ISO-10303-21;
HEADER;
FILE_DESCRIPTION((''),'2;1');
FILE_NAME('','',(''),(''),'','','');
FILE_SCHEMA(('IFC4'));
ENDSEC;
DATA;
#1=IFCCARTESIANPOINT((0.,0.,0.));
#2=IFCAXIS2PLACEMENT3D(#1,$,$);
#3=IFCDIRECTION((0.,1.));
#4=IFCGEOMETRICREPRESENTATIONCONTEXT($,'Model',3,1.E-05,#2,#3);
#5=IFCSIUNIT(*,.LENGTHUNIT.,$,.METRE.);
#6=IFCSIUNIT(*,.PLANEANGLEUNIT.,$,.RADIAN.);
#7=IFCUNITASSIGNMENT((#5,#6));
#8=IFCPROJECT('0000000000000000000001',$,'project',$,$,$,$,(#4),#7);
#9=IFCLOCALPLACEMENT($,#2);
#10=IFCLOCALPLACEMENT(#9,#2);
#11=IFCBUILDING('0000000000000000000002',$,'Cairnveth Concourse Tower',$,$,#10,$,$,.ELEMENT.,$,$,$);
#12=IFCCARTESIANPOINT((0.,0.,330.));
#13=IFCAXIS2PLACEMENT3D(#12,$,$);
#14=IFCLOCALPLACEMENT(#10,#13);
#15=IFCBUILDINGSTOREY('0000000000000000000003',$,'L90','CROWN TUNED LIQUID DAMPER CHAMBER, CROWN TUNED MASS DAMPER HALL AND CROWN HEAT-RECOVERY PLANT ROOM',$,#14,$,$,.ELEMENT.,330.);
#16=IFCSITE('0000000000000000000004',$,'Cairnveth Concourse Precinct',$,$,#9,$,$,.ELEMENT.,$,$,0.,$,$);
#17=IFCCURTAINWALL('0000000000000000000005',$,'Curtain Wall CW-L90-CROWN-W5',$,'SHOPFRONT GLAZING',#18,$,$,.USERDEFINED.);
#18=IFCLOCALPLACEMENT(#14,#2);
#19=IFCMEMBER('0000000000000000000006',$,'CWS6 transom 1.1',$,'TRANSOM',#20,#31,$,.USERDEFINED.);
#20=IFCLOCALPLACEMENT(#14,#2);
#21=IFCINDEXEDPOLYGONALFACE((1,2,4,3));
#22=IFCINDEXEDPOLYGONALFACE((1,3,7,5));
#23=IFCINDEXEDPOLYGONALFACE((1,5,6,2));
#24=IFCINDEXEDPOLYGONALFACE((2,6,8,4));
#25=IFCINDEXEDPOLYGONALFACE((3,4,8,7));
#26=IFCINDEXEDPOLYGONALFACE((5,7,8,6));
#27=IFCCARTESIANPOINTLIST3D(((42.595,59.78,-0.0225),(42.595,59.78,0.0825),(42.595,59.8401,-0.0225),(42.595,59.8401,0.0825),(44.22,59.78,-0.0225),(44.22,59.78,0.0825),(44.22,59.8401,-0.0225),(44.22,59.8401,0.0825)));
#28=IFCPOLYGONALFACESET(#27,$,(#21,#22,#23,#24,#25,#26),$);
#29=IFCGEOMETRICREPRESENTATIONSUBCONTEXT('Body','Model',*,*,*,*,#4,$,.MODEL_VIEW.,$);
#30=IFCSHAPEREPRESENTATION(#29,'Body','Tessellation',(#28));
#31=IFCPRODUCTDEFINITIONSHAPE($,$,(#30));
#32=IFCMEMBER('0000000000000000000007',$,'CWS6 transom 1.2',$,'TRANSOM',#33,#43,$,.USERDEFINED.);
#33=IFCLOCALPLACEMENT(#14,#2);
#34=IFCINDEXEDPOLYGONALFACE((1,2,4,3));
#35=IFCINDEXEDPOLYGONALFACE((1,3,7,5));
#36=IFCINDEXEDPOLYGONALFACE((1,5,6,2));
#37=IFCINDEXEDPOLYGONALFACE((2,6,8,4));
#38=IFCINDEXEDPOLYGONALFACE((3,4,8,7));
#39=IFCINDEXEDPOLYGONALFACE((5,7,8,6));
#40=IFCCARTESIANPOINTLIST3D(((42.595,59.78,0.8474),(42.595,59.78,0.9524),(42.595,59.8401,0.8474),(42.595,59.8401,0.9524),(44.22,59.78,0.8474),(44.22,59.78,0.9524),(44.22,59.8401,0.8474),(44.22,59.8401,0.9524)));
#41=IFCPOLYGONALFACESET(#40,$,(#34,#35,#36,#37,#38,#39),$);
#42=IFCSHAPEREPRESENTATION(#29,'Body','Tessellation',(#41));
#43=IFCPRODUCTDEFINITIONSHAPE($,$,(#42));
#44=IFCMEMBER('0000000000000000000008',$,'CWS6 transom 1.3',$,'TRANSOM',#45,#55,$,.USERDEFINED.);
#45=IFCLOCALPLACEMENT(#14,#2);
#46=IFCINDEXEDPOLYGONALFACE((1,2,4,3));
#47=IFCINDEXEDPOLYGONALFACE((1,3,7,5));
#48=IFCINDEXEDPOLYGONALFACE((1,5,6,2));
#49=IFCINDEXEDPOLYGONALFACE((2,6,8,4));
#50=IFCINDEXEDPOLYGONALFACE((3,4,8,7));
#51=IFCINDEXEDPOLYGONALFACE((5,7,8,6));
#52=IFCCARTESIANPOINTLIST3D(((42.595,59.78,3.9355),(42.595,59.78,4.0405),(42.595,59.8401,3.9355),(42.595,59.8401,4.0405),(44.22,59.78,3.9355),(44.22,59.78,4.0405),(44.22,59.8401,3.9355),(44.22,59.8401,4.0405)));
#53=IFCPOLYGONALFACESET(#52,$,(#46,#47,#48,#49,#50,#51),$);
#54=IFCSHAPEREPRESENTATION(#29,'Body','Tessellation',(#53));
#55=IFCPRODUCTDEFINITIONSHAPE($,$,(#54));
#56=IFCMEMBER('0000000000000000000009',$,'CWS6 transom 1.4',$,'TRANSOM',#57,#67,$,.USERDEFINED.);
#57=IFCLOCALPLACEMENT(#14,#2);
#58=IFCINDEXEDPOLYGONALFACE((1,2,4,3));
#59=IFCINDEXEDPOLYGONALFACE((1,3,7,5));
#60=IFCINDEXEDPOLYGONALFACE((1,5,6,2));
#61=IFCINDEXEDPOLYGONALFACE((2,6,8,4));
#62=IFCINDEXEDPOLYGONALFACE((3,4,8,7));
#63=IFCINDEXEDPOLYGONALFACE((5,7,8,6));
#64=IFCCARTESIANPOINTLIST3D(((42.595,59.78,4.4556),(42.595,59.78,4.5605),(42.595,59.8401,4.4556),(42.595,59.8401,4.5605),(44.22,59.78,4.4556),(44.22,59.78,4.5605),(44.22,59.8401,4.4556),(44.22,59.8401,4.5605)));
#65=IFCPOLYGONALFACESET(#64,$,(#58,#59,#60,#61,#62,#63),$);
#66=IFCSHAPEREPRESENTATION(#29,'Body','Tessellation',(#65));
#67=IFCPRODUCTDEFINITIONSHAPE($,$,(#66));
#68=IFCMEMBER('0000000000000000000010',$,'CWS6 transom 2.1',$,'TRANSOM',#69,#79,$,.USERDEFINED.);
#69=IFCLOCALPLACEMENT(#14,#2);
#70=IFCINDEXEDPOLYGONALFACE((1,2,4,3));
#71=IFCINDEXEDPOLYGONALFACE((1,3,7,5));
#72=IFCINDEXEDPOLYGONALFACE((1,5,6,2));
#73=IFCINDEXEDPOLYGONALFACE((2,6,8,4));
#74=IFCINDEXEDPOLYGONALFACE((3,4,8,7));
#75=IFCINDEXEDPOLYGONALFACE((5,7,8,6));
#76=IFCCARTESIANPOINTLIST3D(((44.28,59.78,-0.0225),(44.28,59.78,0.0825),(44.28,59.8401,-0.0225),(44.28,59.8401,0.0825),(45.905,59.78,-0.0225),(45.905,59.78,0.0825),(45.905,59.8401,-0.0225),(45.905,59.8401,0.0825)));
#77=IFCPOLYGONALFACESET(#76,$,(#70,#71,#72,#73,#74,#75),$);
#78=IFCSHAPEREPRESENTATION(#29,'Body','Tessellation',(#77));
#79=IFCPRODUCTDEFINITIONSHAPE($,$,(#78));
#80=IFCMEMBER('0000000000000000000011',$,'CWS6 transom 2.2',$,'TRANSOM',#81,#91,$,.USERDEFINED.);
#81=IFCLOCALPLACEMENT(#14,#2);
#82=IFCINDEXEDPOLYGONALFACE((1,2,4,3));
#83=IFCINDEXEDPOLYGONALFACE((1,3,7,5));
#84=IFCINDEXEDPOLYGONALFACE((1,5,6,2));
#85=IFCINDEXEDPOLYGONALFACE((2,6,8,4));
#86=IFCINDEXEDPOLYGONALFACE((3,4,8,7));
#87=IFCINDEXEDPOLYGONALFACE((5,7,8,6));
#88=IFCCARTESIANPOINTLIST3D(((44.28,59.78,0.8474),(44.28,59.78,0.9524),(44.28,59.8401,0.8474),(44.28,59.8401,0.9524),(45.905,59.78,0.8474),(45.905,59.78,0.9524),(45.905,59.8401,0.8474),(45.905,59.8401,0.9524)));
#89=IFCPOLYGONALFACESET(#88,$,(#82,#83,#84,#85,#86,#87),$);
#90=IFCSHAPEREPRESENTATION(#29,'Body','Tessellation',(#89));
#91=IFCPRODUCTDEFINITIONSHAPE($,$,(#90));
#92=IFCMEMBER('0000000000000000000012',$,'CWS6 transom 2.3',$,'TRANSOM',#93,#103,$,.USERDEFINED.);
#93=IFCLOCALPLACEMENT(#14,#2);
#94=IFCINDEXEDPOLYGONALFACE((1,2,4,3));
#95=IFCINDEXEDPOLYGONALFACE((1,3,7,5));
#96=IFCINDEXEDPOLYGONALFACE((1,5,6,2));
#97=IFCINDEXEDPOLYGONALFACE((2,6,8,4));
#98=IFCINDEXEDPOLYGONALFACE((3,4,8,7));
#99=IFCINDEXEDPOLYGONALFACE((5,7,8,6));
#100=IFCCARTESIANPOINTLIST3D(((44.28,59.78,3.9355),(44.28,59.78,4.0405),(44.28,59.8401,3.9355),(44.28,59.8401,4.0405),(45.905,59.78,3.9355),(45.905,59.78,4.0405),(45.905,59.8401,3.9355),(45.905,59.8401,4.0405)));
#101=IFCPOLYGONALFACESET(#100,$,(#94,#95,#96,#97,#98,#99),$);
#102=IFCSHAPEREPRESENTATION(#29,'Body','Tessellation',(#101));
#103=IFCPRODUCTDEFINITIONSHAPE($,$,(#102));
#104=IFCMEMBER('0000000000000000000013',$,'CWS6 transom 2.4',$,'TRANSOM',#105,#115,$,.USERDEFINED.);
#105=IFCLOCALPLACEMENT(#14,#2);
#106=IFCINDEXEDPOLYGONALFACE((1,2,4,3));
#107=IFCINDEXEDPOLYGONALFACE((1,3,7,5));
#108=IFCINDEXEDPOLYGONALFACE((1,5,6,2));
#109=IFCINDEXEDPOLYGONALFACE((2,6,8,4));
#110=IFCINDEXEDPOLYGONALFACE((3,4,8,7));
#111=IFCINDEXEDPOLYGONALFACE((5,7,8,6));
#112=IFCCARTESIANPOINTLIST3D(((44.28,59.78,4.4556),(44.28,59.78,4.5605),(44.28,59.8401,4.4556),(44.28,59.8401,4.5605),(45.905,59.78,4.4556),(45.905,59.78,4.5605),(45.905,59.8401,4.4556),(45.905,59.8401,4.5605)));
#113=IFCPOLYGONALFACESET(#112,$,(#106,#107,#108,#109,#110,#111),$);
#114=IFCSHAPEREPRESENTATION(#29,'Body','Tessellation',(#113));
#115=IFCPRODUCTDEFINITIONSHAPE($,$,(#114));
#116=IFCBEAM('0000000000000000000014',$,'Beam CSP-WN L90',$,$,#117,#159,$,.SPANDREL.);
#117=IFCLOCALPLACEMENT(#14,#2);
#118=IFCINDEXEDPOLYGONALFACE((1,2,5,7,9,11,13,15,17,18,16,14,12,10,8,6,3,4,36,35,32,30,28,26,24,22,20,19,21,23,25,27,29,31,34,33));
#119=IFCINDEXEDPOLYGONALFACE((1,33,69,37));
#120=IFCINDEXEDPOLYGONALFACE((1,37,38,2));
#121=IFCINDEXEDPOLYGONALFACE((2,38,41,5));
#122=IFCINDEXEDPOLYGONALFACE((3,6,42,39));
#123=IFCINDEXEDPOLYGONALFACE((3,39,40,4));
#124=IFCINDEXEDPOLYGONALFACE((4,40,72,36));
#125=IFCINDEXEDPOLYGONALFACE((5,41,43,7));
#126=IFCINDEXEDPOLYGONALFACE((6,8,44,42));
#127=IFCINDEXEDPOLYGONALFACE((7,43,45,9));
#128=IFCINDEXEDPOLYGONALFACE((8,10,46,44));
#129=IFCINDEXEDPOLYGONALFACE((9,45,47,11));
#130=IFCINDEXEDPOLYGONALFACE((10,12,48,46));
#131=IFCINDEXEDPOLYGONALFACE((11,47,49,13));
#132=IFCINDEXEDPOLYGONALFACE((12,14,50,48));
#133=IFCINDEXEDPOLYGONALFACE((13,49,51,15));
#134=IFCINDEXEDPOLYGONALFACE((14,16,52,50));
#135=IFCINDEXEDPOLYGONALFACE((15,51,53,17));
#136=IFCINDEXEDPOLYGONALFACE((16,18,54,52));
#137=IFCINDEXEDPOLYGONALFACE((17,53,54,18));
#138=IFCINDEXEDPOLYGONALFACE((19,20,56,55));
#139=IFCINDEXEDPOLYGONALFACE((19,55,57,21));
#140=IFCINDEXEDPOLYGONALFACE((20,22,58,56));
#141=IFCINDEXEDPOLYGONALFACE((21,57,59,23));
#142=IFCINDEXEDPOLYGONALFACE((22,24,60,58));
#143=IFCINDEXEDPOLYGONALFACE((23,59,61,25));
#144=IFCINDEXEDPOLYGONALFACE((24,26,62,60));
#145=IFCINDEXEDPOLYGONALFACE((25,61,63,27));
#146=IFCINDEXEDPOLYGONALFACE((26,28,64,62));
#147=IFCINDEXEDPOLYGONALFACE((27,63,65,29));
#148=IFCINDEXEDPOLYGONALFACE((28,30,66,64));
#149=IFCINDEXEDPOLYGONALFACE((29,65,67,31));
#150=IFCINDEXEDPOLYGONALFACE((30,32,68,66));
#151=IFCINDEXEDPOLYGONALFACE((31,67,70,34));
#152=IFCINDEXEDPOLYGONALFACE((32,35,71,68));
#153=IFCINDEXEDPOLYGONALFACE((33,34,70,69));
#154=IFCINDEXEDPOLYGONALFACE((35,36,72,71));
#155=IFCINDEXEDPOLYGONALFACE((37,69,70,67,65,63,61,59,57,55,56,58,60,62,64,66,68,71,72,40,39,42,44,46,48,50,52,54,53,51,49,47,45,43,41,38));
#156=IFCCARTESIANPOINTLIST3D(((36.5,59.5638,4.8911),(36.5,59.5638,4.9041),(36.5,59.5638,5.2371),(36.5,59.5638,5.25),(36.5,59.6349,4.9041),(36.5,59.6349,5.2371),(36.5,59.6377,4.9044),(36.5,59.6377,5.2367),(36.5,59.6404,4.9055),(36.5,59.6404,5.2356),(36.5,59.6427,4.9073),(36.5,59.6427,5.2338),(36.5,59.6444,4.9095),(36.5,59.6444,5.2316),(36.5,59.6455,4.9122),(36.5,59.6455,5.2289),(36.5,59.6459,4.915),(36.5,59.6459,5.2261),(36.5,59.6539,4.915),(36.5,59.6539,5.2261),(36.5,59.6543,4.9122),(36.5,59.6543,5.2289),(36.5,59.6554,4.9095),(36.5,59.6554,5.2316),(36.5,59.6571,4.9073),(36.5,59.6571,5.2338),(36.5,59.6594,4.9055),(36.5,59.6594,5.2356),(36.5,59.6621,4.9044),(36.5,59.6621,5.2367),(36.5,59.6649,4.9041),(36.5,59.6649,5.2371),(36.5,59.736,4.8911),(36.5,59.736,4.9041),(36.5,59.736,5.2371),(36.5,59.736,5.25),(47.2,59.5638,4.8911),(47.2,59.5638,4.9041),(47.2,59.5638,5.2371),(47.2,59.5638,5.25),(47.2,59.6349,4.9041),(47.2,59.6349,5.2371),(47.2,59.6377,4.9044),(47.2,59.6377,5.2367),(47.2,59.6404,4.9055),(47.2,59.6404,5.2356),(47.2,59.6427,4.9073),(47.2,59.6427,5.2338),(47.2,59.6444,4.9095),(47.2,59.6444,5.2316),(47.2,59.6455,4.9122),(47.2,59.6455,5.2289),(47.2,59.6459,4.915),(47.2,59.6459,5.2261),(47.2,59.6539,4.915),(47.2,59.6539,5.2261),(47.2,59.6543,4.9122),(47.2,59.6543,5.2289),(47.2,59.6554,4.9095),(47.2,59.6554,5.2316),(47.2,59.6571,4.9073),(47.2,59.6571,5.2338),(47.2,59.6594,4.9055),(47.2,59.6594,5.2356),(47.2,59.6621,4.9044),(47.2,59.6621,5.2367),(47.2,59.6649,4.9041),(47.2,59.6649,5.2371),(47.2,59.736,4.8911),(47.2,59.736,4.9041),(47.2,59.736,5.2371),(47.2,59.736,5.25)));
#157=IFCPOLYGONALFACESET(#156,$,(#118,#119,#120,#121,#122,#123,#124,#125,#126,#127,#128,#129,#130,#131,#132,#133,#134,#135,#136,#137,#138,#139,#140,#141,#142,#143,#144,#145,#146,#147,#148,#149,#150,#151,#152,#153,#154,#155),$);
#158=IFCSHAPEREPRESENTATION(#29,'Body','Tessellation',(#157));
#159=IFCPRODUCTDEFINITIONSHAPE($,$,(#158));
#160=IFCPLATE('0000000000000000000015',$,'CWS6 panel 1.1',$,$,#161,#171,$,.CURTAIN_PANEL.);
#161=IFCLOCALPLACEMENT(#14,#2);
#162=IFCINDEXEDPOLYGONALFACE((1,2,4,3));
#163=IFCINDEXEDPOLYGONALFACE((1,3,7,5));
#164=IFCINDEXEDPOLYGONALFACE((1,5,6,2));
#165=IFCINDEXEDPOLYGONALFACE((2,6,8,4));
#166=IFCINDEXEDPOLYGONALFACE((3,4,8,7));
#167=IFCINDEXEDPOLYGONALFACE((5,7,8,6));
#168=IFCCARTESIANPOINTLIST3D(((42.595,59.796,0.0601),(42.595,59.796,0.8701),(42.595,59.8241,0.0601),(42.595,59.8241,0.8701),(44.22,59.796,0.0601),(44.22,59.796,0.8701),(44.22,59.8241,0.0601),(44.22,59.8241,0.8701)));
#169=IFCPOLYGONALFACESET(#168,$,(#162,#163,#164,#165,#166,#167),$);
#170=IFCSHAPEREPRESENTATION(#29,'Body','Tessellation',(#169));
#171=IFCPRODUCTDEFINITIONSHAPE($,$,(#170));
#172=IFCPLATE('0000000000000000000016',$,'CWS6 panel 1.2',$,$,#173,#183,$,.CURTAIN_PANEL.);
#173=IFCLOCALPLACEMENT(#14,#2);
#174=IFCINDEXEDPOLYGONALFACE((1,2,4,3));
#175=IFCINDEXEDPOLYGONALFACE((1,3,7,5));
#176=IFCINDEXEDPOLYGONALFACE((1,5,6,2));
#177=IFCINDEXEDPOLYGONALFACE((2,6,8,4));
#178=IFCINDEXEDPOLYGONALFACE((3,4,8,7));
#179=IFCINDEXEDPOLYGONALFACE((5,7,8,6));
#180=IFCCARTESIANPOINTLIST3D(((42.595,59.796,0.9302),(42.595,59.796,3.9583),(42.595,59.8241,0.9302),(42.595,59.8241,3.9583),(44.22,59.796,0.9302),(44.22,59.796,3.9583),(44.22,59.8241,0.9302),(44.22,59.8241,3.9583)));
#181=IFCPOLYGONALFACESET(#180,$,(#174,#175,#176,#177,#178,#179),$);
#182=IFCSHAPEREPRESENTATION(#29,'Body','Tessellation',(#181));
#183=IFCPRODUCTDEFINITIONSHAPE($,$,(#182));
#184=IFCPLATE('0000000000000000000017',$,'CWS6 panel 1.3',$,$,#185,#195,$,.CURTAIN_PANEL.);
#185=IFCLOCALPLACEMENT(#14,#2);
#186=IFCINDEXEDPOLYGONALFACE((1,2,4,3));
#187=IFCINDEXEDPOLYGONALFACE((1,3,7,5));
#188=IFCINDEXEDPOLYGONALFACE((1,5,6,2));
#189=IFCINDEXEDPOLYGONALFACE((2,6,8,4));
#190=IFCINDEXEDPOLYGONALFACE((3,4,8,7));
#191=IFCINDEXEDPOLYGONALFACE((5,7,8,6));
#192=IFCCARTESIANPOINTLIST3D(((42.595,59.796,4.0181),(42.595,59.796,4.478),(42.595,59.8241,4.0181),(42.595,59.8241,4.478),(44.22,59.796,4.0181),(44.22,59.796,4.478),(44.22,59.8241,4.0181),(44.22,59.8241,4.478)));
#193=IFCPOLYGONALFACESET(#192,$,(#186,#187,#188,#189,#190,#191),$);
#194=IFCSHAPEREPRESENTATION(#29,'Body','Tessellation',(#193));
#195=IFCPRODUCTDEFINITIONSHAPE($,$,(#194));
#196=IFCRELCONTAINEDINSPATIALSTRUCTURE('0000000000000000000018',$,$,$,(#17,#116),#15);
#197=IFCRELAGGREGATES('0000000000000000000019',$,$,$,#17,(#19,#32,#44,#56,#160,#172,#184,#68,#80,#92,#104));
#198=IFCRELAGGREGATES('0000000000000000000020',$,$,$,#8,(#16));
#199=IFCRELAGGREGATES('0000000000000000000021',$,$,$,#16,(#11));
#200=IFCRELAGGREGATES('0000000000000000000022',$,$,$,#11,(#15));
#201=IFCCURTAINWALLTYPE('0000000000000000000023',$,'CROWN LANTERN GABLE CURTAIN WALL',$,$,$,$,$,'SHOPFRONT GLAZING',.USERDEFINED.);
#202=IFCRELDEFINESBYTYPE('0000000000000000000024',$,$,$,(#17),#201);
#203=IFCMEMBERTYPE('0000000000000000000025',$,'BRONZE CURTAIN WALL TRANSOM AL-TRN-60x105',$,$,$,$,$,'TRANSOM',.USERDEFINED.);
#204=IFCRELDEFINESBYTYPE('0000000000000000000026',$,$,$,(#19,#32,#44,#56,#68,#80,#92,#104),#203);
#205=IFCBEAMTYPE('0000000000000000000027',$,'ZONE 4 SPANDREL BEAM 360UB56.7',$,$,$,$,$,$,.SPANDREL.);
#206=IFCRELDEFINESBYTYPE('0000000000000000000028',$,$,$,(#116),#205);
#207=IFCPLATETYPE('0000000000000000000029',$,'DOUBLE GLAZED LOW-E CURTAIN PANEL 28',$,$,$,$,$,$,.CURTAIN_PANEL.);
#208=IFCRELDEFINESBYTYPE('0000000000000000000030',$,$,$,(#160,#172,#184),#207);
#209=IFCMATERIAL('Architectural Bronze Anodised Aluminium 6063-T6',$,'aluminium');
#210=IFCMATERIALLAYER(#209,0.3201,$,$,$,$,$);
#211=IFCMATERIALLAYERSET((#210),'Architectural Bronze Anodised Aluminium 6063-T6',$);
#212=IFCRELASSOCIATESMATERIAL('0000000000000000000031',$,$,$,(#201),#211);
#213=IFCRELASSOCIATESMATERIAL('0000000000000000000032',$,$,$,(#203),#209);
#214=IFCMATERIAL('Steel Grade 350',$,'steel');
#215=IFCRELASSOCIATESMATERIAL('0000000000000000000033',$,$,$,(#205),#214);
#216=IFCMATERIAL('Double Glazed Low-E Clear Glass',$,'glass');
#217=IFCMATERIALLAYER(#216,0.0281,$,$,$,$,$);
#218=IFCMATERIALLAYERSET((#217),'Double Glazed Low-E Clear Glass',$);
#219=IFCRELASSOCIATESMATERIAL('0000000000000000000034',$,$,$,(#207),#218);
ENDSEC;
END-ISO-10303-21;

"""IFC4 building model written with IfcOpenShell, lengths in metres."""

from ifc_helpers import new_model, si_unit, direction, frame, origin, origin_2d, place, context, subcontext, project, spatial, rectangle, i_section, extrude, material, layer, layer_set, material_profile, profile_set, type_object, element, aggregate, save


model = new_model("IFC4")

# Units and contexts
model_context = context("Model", 3, precision=1e-05, world=origin(), true_north=direction((0.0, 1.0)))
body_context = subcontext(model_context, "Body", "Model", "MODEL_VIEW")
ifc_project = project(units=[si_unit("LENGTHUNIT", "METRE"), si_unit("PLANEANGLEUNIT", "RADIAN")], contexts=[model_context])

# Site, building, storey
site_placement = place(None, origin())
site = spatial("IfcSite", under=ifc_project, at=site_placement, Name="Cairnveth Concourse Precinct", CompositionType="ELEMENT", RefElevation=0.0)
building_placement = place(site_placement, origin())
building = spatial("IfcBuilding", under=site, at=building_placement, Name="Cairnveth Concourse Tower", CompositionType="ELEMENT")
storey_placement = place(building_placement, frame((0.0, 0.0, 330.0)))
storey = spatial("IfcBuildingStorey", under=building, at=storey_placement, Name="L90", Description="CROWN TUNED LIQUID DAMPER CHAMBER, CROWN TUNED MASS DAMPER HALL AND CROWN HEAT-RECOVERY PLANT ROOM", CompositionType="ELEMENT", Elevation=330.0)

# Shared definitions
ifc_material_1 = material(Name="Steel Grade 350", Category="steel")

# Curtain wall, members
ifc_material_2 = material(Name="Architectural Bronze Anodised Aluminium 6063-T6", Category="aluminium")
ifc_layer_1 = layer(ifc_material_2, 0.3201)
ifc_layer_set_1 = layer_set([ifc_layer_1], Name="Architectural Bronze Anodised Aluminium 6063-T6")
curtain_wall_type = type_object("IfcCurtainWallType", Name="CROWN LANTERN GABLE CURTAIN WALL", ElementType="SHOPFRONT GLAZING", PredefinedType="USERDEFINED", material=ifc_layer_set_1)
curtain_wall_placement = place(storey_placement, origin())
curtain_wall = element("IfcCurtainWall", 1, at=curtain_wall_placement, inside=storey, type_object=curtain_wall_type, Name="Curtain Wall CW-L90-CROWN-W5", ObjectType="SHOPFRONT GLAZING", PredefinedType="USERDEFINED")
ifc_material_profile_1 = material_profile(ifc_material_2, rectangle(XDim=0.0601, YDim=0.105, at=origin_2d()), Name="AL-TRN-60x105")
ifc_profile_set_1 = profile_set([ifc_material_profile_1], Name="Architectural Bronze Anodised Aluminium 6063-T6")
member_type_1 = type_object("IfcMemberType", Name="BRONZE CURTAIN WALL TRANSOM AL-TRN-60x105", ElementType="TRANSOM", PredefinedType="USERDEFINED", material=ifc_profile_set_1)
member_1_placement = place(storey_placement, frame((42.595, 59.8101, 0.03), z_axis=(1.0, 0.0, 0.0), x_axis=(0.0, 1.0, 0.0)))
member_1 = element("IfcMember", 2, at=member_1_placement, type_object=member_type_1, Name="CWS6 transom 1.1", ObjectType="TRANSOM", PredefinedType="USERDEFINED", context=body_context, shape_type="SweptSolid", body=[
    extrude(rectangle(XDim=0.0601, YDim=0.105, at=origin_2d()), origin(), (0.0, 0.0, 1.0), 1.625),
])
member_2_placement = place(storey_placement, frame((42.595, 59.8101, 0.8999), z_axis=(1.0, 0.0, 0.0), x_axis=(0.0, 1.0, 0.0)))
member_2 = element("IfcMember", 3, at=member_2_placement, type_object=member_type_1, Name="CWS6 transom 1.2", ObjectType="TRANSOM", PredefinedType="USERDEFINED", context=body_context, shape_type="SweptSolid", body=[
    extrude(rectangle(XDim=0.0601, YDim=0.105, at=origin_2d()), origin(), (0.0, 0.0, 1.0), 1.625),
])
member_3_placement = place(storey_placement, frame((42.595, 59.8101, 3.988), z_axis=(1.0, 0.0, 0.0), x_axis=(0.0, 1.0, 0.0)))
member_3 = element("IfcMember", 4, at=member_3_placement, type_object=member_type_1, Name="CWS6 transom 1.3", ObjectType="TRANSOM", PredefinedType="USERDEFINED", context=body_context, shape_type="SweptSolid", body=[
    extrude(rectangle(XDim=0.0601, YDim=0.105, at=origin_2d()), origin(), (0.0, 0.0, 1.0), 1.625),
])
member_4_placement = place(storey_placement, frame((42.595, 59.8101, 4.5081), z_axis=(1.0, 0.0, 0.0), x_axis=(0.0, 1.0, 0.0)))
member_4 = element("IfcMember", 5, at=member_4_placement, type_object=member_type_1, Name="CWS6 transom 1.4", ObjectType="TRANSOM", PredefinedType="USERDEFINED", context=body_context, shape_type="SweptSolid", body=[
    extrude(rectangle(XDim=0.0601, YDim=0.105, at=origin_2d()), origin(), (0.0, 0.0, 1.0), 1.625),
])
member_5_placement = place(storey_placement, frame((44.28, 59.8101, 0.03), z_axis=(1.0, 0.0, 0.0), x_axis=(0.0, 1.0, 0.0)))
member_5 = element("IfcMember", 6, at=member_5_placement, type_object=member_type_1, Name="CWS6 transom 2.1", ObjectType="TRANSOM", PredefinedType="USERDEFINED", context=body_context, shape_type="SweptSolid", body=[
    extrude(rectangle(XDim=0.0601, YDim=0.105, at=origin_2d()), origin(), (0.0, 0.0, 1.0), 1.625),
])
member_6_placement = place(storey_placement, frame((44.28, 59.8101, 0.8999), z_axis=(1.0, 0.0, 0.0), x_axis=(0.0, 1.0, 0.0)))
member_6 = element("IfcMember", 7, at=member_6_placement, type_object=member_type_1, Name="CWS6 transom 2.2", ObjectType="TRANSOM", PredefinedType="USERDEFINED", context=body_context, shape_type="SweptSolid", body=[
    extrude(rectangle(XDim=0.0601, YDim=0.105, at=origin_2d()), origin(), (0.0, 0.0, 1.0), 1.625),
])
member_7_placement = place(storey_placement, frame((44.28, 59.8101, 3.988), z_axis=(1.0, 0.0, 0.0), x_axis=(0.0, 1.0, 0.0)))
member_7 = element("IfcMember", 8, at=member_7_placement, type_object=member_type_1, Name="CWS6 transom 2.3", ObjectType="TRANSOM", PredefinedType="USERDEFINED", context=body_context, shape_type="SweptSolid", body=[
    extrude(rectangle(XDim=0.0601, YDim=0.105, at=origin_2d()), origin(), (0.0, 0.0, 1.0), 1.625),
])
member_8_placement = place(storey_placement, frame((44.28, 59.8101, 4.5081), z_axis=(1.0, 0.0, 0.0), x_axis=(0.0, 1.0, 0.0)))
member_8 = element("IfcMember", 9, at=member_8_placement, type_object=member_type_1, Name="CWS6 transom 2.4", ObjectType="TRANSOM", PredefinedType="USERDEFINED", context=body_context, shape_type="SweptSolid", body=[
    extrude(rectangle(XDim=0.0601, YDim=0.105, at=origin_2d()), origin(), (0.0, 0.0, 1.0), 1.625),
])

# Beam
ifc_material_profile_2 = material_profile(ifc_material_1, i_section(OverallWidth=0.1721, OverallDepth=0.3589, WebThickness=0.0081, FlangeThickness=0.0129, FilletRadius=0.011, at=origin_2d()), Name="360UB56.7")
ifc_profile_set_2 = profile_set([ifc_material_profile_2], Name="Steel Grade 350")
beam_type = type_object("IfcBeamType", Name="ZONE 4 SPANDREL BEAM 360UB56.7", PredefinedType="SPANDREL", material=ifc_profile_set_2)
beam_placement = place(storey_placement, frame((36.5, 59.6499, 5.0706), z_axis=(1.0, 0.0, 0.0), x_axis=(0.0, 1.0, 0.0)))
element("IfcBeam", 10, at=beam_placement, inside=storey, type_object=beam_type, Name="Beam CSP-WN L90", PredefinedType="SPANDREL", context=body_context, shape_type="SweptSolid", body=[
    extrude(i_section(OverallWidth=0.1721, OverallDepth=0.3589, WebThickness=0.0081, FlangeThickness=0.0129, FilletRadius=0.011, at=origin_2d()), origin(), (0.0, 0.0, 1.0), 10.7),
])

# Plates
ifc_material_3 = material(Name="Double Glazed Low-E Clear Glass", Category="glass")
ifc_layer_2 = layer(ifc_material_3, 0.0281)
ifc_layer_set_2 = layer_set([ifc_layer_2], Name="Double Glazed Low-E Clear Glass")
plate_type = type_object("IfcPlateType", Name="DOUBLE GLAZED LOW-E CURTAIN PANEL 28", PredefinedType="CURTAIN_PANEL", material=ifc_layer_set_2)
plate_1_placement = place(storey_placement, frame((43.4075, 59.8101, 0.0601), z_axis=(0.0, 0.0, 1.0), x_axis=(1.0, 0.0, 0.0)))
plate_1 = element("IfcPlate", 11, at=plate_1_placement, type_object=plate_type, Name="CWS6 panel 1.1", PredefinedType="CURTAIN_PANEL", context=body_context, shape_type="SweptSolid", body=[
    extrude(rectangle(XDim=1.625, YDim=0.0281, at=origin_2d()), origin(), (0.0, 0.0, 1.0), 0.8101),
])
plate_2_placement = place(storey_placement, frame((43.4075, 59.8101, 0.9302), z_axis=(0.0, 0.0, 1.0), x_axis=(1.0, 0.0, 0.0)))
plate_2 = element("IfcPlate", 12, at=plate_2_placement, type_object=plate_type, Name="CWS6 panel 1.2", PredefinedType="CURTAIN_PANEL", context=body_context, shape_type="SweptSolid", body=[
    extrude(rectangle(XDim=1.625, YDim=0.0281, at=origin_2d()), origin(), (0.0, 0.0, 1.0), 3.0281),
])
plate_3_placement = place(storey_placement, frame((43.4075, 59.8101, 4.0181), z_axis=(0.0, 0.0, 1.0), x_axis=(1.0, 0.0, 0.0)))
plate_3 = element("IfcPlate", 13, at=plate_3_placement, type_object=plate_type, Name="CWS6 panel 1.3", PredefinedType="CURTAIN_PANEL", context=body_context, shape_type="SweptSolid", body=[
    extrude(rectangle(XDim=1.625, YDim=0.0281, at=origin_2d()), origin(), (0.0, 0.0, 1.0), 0.46),
])
aggregate(curtain_wall, [member_1, member_2, member_3, member_4, plate_1, plate_2, plate_3, member_5, member_6, member_7, member_8])

save(model, "model.ifc")
